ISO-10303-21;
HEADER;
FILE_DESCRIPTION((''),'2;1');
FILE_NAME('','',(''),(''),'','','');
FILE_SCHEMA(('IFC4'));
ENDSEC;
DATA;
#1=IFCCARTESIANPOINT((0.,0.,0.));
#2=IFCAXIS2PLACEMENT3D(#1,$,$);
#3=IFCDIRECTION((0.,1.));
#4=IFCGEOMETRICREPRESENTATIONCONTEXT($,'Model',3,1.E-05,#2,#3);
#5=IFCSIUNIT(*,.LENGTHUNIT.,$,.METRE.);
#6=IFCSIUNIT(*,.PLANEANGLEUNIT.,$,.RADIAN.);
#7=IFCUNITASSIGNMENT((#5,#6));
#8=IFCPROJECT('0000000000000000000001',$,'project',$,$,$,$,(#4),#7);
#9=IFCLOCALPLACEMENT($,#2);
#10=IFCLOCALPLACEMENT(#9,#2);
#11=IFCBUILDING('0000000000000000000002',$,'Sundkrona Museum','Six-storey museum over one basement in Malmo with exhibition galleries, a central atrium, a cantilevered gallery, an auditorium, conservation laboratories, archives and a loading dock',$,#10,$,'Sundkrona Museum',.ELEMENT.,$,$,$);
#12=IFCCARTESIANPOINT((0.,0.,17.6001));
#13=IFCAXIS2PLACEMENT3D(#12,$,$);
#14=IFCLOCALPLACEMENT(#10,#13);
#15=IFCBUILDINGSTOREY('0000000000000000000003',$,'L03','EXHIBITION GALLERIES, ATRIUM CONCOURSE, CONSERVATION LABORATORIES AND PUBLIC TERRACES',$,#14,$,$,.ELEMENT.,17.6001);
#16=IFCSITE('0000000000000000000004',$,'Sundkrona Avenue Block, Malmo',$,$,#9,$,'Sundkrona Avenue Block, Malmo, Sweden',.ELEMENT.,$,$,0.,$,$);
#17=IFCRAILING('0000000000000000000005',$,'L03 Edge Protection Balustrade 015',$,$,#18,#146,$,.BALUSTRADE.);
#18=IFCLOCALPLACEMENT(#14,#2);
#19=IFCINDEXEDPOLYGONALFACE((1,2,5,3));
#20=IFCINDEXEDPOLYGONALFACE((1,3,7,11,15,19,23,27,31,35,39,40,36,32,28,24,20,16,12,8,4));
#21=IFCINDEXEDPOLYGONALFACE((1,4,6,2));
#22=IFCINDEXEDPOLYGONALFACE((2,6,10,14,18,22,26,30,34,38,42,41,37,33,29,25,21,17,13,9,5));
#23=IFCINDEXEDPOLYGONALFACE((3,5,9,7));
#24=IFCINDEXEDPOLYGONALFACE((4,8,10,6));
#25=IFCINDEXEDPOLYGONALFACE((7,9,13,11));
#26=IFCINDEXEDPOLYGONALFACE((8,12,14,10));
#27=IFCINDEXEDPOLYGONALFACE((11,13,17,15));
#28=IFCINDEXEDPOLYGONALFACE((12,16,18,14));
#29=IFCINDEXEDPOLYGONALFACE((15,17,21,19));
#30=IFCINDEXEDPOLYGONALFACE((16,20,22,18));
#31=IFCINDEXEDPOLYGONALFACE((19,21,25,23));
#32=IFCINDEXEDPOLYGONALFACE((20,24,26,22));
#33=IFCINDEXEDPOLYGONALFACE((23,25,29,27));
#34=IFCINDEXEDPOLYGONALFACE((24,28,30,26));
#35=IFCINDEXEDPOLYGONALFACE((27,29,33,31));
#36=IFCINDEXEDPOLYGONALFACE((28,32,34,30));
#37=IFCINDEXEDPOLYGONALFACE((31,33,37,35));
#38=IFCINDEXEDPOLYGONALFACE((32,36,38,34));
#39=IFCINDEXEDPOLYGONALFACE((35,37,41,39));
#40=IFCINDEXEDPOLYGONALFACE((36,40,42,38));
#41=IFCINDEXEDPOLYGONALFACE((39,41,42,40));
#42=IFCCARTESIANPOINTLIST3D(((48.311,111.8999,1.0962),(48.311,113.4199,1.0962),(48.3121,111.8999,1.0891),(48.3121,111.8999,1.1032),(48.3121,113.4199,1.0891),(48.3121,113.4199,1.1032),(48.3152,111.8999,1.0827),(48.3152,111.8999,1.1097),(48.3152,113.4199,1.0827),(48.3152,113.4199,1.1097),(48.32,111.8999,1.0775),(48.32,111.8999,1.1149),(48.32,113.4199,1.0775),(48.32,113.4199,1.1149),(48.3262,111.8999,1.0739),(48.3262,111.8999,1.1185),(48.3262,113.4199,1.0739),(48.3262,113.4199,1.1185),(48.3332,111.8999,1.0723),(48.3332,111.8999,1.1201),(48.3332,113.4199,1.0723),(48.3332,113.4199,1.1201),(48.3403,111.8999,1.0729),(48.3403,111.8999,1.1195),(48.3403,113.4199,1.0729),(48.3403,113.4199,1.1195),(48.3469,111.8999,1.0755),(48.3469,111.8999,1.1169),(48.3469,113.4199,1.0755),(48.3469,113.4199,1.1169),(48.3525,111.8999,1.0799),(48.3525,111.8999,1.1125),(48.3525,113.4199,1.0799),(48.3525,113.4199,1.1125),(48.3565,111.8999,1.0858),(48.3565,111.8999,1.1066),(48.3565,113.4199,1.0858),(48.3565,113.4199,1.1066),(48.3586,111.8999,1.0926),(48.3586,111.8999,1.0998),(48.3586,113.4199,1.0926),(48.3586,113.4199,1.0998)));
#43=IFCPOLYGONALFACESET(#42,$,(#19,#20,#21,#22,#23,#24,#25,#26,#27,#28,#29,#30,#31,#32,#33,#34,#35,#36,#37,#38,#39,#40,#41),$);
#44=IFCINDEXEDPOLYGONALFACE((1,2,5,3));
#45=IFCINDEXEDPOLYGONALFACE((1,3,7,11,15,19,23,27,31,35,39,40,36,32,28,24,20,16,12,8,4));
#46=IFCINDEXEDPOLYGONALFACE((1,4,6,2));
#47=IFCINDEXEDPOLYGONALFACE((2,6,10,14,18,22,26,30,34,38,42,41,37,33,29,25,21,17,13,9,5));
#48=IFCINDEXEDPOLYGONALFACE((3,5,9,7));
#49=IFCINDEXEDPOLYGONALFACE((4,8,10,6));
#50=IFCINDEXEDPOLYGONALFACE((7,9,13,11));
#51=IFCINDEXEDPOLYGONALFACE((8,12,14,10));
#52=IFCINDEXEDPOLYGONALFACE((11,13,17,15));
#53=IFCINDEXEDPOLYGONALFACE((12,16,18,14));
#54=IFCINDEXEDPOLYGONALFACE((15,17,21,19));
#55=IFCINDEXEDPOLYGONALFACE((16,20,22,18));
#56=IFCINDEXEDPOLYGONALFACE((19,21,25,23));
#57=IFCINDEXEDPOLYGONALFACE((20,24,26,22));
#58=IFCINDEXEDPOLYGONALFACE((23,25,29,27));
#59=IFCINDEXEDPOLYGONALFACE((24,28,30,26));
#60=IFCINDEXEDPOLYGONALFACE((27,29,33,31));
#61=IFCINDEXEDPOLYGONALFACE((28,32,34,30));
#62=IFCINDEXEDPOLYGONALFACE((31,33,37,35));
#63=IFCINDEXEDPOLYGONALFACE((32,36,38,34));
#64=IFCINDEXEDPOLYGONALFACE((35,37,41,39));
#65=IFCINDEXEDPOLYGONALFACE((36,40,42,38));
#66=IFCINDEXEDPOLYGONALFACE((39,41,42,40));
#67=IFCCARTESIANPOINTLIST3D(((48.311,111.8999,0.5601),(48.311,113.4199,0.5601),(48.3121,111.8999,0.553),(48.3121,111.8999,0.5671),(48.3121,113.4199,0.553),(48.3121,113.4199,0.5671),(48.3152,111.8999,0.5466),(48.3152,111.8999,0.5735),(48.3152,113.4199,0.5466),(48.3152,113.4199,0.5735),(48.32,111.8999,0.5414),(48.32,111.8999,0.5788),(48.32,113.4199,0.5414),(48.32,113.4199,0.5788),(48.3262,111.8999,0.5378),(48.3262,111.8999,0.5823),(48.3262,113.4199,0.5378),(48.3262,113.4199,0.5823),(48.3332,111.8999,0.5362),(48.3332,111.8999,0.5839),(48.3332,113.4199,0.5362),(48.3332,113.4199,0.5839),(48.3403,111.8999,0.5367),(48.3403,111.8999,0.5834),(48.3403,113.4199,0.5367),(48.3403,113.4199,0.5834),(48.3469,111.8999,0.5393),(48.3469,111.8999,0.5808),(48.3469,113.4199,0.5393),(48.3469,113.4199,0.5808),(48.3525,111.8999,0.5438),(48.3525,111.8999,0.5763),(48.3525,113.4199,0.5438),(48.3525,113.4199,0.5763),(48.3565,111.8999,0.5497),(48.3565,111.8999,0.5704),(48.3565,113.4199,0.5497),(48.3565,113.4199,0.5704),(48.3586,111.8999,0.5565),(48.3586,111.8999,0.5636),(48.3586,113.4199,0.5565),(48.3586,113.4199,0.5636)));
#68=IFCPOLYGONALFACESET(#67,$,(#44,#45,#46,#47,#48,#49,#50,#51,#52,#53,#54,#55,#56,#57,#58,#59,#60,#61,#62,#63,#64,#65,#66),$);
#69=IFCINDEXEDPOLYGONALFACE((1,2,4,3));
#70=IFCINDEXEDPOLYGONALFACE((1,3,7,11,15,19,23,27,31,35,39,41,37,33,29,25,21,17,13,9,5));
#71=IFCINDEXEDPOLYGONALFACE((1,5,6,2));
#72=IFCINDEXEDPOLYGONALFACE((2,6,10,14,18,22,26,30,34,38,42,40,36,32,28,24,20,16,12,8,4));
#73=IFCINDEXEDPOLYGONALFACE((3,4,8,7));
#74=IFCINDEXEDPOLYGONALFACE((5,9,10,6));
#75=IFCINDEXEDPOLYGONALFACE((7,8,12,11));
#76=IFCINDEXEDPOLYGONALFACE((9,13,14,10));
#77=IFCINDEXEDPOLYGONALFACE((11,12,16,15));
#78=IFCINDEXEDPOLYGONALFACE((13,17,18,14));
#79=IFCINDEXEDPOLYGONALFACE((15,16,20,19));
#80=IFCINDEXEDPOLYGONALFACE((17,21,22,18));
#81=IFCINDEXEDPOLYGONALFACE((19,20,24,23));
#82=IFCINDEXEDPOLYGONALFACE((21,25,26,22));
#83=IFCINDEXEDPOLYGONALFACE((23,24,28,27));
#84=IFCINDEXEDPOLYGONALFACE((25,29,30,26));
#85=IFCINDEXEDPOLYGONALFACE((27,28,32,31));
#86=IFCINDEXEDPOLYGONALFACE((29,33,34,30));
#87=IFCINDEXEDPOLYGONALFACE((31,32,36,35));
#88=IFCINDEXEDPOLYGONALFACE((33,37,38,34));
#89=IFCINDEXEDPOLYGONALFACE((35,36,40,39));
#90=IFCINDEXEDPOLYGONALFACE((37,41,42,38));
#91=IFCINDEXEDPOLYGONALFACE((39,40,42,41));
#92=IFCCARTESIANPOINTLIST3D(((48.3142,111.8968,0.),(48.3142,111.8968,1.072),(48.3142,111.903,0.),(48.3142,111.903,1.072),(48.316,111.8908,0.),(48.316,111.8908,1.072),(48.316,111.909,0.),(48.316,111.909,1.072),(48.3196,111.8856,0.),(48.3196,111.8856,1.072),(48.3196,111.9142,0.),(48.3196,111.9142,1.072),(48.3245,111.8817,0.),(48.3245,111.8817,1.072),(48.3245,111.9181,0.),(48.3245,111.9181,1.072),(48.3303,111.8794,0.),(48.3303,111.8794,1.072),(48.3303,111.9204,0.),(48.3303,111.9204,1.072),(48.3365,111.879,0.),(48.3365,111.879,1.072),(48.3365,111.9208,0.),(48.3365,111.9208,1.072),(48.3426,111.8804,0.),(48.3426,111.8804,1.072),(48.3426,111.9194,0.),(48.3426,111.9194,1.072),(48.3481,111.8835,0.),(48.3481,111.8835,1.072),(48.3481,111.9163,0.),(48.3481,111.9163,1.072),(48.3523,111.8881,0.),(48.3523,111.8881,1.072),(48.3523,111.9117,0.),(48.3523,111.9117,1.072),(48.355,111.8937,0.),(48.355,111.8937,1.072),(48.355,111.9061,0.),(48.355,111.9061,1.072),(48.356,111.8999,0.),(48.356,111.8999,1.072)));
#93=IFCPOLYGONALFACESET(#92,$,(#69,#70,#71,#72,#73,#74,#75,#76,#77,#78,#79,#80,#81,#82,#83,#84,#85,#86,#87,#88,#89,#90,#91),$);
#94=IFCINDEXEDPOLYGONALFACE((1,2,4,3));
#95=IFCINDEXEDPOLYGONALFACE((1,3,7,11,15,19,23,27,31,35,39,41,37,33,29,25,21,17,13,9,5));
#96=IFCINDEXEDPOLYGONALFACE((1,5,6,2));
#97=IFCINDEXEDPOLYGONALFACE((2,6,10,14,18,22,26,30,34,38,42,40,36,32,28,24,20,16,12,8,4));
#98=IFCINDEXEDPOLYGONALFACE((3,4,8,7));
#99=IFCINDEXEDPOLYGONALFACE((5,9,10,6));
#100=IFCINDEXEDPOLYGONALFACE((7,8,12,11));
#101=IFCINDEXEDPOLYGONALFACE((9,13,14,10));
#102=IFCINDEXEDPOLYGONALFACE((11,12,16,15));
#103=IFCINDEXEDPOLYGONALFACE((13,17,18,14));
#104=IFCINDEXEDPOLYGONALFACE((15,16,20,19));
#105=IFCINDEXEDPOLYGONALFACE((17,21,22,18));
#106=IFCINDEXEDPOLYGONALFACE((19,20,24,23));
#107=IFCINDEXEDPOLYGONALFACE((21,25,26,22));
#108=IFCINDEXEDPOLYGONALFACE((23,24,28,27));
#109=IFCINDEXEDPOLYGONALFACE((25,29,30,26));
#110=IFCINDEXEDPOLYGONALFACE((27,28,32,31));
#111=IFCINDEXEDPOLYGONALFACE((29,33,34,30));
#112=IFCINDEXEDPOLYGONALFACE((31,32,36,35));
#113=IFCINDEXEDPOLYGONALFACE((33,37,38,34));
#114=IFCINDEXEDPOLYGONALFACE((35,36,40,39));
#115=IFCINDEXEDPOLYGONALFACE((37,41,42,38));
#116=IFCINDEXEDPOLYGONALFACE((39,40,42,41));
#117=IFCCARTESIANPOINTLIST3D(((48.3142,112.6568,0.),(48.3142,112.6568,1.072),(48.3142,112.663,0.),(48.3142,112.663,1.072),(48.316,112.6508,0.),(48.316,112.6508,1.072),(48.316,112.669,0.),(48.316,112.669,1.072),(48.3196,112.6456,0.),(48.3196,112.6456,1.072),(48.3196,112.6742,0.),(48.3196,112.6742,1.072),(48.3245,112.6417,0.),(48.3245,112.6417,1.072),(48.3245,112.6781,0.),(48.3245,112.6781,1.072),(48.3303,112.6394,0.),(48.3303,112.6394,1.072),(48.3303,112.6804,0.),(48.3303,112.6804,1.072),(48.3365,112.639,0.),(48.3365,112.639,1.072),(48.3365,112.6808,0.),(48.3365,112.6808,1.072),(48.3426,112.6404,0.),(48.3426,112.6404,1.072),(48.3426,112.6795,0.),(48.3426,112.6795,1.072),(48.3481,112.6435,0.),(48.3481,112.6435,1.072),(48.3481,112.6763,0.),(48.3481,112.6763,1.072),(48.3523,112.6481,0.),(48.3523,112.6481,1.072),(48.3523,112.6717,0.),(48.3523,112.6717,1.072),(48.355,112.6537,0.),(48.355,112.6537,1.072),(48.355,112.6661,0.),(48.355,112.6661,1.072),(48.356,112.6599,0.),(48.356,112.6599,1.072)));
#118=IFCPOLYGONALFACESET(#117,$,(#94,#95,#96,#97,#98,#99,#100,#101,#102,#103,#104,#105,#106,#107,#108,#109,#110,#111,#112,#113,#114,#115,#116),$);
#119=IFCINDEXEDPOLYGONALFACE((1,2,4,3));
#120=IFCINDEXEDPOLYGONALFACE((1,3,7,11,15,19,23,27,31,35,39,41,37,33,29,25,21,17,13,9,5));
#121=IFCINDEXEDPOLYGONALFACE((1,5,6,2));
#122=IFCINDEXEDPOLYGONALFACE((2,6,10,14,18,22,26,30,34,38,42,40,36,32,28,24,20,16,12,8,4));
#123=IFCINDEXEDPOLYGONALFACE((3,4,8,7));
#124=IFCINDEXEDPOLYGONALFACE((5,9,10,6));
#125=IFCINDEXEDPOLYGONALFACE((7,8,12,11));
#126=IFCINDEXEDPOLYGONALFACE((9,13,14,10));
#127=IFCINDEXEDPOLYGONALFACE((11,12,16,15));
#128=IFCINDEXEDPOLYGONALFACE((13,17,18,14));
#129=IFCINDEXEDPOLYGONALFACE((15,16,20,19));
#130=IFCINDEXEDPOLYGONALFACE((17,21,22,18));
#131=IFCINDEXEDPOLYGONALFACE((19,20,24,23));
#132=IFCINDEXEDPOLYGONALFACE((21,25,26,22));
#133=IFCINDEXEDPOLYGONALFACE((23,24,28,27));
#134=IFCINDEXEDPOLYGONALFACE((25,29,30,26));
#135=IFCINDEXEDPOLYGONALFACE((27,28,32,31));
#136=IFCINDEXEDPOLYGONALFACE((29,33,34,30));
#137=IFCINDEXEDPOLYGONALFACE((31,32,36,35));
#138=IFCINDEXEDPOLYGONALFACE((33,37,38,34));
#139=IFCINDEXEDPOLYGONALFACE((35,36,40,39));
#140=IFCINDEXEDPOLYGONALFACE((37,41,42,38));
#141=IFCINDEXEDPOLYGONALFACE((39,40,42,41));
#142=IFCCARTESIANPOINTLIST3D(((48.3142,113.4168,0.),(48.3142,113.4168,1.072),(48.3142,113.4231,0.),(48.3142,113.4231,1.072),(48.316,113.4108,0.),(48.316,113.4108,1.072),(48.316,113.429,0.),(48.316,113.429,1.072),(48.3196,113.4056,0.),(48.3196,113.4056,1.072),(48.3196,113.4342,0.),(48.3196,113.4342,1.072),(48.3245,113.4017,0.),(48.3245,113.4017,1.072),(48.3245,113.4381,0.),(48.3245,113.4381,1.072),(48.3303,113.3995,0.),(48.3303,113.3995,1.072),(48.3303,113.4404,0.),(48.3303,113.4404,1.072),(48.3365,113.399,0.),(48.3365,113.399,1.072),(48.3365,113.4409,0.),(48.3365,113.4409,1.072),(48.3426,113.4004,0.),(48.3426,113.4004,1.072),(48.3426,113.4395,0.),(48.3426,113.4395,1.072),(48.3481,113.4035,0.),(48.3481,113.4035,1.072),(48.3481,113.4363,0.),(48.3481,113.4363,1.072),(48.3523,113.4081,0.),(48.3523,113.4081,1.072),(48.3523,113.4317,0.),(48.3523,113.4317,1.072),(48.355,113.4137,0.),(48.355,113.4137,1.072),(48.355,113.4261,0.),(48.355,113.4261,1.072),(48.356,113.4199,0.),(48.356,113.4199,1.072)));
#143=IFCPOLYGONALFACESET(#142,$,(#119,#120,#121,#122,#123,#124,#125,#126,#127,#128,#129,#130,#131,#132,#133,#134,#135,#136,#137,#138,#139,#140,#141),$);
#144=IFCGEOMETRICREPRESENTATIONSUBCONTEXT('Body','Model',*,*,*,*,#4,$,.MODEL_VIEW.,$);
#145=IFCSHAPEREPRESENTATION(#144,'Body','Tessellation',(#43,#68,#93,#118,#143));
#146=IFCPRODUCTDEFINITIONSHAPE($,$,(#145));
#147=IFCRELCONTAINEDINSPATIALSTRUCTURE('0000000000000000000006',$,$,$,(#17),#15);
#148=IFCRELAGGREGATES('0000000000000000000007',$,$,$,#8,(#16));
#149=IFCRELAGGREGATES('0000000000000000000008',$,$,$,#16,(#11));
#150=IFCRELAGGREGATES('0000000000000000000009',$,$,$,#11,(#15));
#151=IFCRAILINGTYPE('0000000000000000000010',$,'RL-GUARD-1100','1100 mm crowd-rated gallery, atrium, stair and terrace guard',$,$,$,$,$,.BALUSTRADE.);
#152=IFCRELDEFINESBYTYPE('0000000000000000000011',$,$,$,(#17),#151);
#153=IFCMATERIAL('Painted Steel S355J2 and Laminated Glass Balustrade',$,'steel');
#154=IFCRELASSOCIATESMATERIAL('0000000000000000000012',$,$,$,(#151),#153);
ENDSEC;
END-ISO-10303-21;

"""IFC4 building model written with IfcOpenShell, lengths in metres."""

from ifc_helpers import new_model, si_unit, direction, frame, origin, origin_2d, place, context, subcontext, project, spatial, circle, extrude, material, type_object, element, save


model = new_model("IFC4")

# Units and contexts
model_context = context("Model", 3, precision=1e-05, world=origin(), true_north=direction((0.0, 1.0)))
body_context = subcontext(model_context, "Body", "Model", "MODEL_VIEW")
ifc_project = project(units=[si_unit("LENGTHUNIT", "METRE"), si_unit("PLANEANGLEUNIT", "RADIAN")], contexts=[model_context])

# Site, building, storey
site_placement = place(None, origin())
site = spatial("IfcSite", under=ifc_project, at=site_placement, Name="Sundkrona Avenue Block, Malmo", LongName="Sundkrona Avenue Block, Malmo, Sweden", CompositionType="ELEMENT", RefElevation=0.0)
building_placement = place(site_placement, origin())
building = spatial("IfcBuilding", under=site, at=building_placement, Name="Sundkrona Museum", Description="Six-storey museum over one basement in Malmo with exhibition galleries, a central atrium, a cantilevered gallery, an auditorium, conservation laboratories, archives and a loading dock", LongName="Sundkrona Museum", CompositionType="ELEMENT")
storey_placement = place(building_placement, frame((0.0, 0.0, 17.6001)))
storey = spatial("IfcBuildingStorey", under=building, at=storey_placement, Name="L03", Description="EXHIBITION GALLERIES, ATRIUM CONCOURSE, CONSERVATION LABORATORIES AND PUBLIC TERRACES", CompositionType="ELEMENT", Elevation=17.6001)

# Railing
ifc_material_1 = material(Name="Painted Steel S355J2 and Laminated Glass Balustrade", Category="steel")
railing_type_1 = type_object("IfcRailingType", Name="RL-GUARD-1100", Description="1100 mm crowd-rated gallery, atrium, stair and terrace guard", PredefinedType="BALUSTRADE", material=ifc_material_1)
for number, where, name in (
    (1, (48.335, 111.8999, 0.0), "L03 Edge Protection Balustrade 015"),
):
    element("IfcRailing", number, at=place(storey_placement, frame(where)), inside=storey, type_object=railing_type_1, Name=name, PredefinedType="BALUSTRADE", context=body_context, shape_type="SweptSolid", body=[
        extrude(circle(Radius=0.0239, at=origin_2d()), frame((0.0, 0.0, 1.0962), z_axis=(0.0, 1.0, 0.0), x_axis=(-1.0, 0.0, 0.0)), (0.0, 0.0, 1.0), 1.52),
        extrude(circle(Radius=0.0239, at=origin_2d()), frame((0.0, 0.0, 0.5601), z_axis=(0.0, 1.0, 0.0), x_axis=(-1.0, 0.0, 0.0)), (0.0, 0.0, 1.0), 1.52),
        extrude(circle(Radius=0.021, at=origin_2d()), origin(), (0.0, 0.0, 1.0), 1.072),
        extrude(circle(Radius=0.021, at=origin_2d()), frame((0.0, 0.76, 0.0)), (0.0, 0.0, 1.0), 1.072),
        extrude(circle(Radius=0.021, at=origin_2d()), frame((0.0, 1.52, 0.0)), (0.0, 0.0, 1.0), 1.072),
    ])

save(model, "model.ifc")
